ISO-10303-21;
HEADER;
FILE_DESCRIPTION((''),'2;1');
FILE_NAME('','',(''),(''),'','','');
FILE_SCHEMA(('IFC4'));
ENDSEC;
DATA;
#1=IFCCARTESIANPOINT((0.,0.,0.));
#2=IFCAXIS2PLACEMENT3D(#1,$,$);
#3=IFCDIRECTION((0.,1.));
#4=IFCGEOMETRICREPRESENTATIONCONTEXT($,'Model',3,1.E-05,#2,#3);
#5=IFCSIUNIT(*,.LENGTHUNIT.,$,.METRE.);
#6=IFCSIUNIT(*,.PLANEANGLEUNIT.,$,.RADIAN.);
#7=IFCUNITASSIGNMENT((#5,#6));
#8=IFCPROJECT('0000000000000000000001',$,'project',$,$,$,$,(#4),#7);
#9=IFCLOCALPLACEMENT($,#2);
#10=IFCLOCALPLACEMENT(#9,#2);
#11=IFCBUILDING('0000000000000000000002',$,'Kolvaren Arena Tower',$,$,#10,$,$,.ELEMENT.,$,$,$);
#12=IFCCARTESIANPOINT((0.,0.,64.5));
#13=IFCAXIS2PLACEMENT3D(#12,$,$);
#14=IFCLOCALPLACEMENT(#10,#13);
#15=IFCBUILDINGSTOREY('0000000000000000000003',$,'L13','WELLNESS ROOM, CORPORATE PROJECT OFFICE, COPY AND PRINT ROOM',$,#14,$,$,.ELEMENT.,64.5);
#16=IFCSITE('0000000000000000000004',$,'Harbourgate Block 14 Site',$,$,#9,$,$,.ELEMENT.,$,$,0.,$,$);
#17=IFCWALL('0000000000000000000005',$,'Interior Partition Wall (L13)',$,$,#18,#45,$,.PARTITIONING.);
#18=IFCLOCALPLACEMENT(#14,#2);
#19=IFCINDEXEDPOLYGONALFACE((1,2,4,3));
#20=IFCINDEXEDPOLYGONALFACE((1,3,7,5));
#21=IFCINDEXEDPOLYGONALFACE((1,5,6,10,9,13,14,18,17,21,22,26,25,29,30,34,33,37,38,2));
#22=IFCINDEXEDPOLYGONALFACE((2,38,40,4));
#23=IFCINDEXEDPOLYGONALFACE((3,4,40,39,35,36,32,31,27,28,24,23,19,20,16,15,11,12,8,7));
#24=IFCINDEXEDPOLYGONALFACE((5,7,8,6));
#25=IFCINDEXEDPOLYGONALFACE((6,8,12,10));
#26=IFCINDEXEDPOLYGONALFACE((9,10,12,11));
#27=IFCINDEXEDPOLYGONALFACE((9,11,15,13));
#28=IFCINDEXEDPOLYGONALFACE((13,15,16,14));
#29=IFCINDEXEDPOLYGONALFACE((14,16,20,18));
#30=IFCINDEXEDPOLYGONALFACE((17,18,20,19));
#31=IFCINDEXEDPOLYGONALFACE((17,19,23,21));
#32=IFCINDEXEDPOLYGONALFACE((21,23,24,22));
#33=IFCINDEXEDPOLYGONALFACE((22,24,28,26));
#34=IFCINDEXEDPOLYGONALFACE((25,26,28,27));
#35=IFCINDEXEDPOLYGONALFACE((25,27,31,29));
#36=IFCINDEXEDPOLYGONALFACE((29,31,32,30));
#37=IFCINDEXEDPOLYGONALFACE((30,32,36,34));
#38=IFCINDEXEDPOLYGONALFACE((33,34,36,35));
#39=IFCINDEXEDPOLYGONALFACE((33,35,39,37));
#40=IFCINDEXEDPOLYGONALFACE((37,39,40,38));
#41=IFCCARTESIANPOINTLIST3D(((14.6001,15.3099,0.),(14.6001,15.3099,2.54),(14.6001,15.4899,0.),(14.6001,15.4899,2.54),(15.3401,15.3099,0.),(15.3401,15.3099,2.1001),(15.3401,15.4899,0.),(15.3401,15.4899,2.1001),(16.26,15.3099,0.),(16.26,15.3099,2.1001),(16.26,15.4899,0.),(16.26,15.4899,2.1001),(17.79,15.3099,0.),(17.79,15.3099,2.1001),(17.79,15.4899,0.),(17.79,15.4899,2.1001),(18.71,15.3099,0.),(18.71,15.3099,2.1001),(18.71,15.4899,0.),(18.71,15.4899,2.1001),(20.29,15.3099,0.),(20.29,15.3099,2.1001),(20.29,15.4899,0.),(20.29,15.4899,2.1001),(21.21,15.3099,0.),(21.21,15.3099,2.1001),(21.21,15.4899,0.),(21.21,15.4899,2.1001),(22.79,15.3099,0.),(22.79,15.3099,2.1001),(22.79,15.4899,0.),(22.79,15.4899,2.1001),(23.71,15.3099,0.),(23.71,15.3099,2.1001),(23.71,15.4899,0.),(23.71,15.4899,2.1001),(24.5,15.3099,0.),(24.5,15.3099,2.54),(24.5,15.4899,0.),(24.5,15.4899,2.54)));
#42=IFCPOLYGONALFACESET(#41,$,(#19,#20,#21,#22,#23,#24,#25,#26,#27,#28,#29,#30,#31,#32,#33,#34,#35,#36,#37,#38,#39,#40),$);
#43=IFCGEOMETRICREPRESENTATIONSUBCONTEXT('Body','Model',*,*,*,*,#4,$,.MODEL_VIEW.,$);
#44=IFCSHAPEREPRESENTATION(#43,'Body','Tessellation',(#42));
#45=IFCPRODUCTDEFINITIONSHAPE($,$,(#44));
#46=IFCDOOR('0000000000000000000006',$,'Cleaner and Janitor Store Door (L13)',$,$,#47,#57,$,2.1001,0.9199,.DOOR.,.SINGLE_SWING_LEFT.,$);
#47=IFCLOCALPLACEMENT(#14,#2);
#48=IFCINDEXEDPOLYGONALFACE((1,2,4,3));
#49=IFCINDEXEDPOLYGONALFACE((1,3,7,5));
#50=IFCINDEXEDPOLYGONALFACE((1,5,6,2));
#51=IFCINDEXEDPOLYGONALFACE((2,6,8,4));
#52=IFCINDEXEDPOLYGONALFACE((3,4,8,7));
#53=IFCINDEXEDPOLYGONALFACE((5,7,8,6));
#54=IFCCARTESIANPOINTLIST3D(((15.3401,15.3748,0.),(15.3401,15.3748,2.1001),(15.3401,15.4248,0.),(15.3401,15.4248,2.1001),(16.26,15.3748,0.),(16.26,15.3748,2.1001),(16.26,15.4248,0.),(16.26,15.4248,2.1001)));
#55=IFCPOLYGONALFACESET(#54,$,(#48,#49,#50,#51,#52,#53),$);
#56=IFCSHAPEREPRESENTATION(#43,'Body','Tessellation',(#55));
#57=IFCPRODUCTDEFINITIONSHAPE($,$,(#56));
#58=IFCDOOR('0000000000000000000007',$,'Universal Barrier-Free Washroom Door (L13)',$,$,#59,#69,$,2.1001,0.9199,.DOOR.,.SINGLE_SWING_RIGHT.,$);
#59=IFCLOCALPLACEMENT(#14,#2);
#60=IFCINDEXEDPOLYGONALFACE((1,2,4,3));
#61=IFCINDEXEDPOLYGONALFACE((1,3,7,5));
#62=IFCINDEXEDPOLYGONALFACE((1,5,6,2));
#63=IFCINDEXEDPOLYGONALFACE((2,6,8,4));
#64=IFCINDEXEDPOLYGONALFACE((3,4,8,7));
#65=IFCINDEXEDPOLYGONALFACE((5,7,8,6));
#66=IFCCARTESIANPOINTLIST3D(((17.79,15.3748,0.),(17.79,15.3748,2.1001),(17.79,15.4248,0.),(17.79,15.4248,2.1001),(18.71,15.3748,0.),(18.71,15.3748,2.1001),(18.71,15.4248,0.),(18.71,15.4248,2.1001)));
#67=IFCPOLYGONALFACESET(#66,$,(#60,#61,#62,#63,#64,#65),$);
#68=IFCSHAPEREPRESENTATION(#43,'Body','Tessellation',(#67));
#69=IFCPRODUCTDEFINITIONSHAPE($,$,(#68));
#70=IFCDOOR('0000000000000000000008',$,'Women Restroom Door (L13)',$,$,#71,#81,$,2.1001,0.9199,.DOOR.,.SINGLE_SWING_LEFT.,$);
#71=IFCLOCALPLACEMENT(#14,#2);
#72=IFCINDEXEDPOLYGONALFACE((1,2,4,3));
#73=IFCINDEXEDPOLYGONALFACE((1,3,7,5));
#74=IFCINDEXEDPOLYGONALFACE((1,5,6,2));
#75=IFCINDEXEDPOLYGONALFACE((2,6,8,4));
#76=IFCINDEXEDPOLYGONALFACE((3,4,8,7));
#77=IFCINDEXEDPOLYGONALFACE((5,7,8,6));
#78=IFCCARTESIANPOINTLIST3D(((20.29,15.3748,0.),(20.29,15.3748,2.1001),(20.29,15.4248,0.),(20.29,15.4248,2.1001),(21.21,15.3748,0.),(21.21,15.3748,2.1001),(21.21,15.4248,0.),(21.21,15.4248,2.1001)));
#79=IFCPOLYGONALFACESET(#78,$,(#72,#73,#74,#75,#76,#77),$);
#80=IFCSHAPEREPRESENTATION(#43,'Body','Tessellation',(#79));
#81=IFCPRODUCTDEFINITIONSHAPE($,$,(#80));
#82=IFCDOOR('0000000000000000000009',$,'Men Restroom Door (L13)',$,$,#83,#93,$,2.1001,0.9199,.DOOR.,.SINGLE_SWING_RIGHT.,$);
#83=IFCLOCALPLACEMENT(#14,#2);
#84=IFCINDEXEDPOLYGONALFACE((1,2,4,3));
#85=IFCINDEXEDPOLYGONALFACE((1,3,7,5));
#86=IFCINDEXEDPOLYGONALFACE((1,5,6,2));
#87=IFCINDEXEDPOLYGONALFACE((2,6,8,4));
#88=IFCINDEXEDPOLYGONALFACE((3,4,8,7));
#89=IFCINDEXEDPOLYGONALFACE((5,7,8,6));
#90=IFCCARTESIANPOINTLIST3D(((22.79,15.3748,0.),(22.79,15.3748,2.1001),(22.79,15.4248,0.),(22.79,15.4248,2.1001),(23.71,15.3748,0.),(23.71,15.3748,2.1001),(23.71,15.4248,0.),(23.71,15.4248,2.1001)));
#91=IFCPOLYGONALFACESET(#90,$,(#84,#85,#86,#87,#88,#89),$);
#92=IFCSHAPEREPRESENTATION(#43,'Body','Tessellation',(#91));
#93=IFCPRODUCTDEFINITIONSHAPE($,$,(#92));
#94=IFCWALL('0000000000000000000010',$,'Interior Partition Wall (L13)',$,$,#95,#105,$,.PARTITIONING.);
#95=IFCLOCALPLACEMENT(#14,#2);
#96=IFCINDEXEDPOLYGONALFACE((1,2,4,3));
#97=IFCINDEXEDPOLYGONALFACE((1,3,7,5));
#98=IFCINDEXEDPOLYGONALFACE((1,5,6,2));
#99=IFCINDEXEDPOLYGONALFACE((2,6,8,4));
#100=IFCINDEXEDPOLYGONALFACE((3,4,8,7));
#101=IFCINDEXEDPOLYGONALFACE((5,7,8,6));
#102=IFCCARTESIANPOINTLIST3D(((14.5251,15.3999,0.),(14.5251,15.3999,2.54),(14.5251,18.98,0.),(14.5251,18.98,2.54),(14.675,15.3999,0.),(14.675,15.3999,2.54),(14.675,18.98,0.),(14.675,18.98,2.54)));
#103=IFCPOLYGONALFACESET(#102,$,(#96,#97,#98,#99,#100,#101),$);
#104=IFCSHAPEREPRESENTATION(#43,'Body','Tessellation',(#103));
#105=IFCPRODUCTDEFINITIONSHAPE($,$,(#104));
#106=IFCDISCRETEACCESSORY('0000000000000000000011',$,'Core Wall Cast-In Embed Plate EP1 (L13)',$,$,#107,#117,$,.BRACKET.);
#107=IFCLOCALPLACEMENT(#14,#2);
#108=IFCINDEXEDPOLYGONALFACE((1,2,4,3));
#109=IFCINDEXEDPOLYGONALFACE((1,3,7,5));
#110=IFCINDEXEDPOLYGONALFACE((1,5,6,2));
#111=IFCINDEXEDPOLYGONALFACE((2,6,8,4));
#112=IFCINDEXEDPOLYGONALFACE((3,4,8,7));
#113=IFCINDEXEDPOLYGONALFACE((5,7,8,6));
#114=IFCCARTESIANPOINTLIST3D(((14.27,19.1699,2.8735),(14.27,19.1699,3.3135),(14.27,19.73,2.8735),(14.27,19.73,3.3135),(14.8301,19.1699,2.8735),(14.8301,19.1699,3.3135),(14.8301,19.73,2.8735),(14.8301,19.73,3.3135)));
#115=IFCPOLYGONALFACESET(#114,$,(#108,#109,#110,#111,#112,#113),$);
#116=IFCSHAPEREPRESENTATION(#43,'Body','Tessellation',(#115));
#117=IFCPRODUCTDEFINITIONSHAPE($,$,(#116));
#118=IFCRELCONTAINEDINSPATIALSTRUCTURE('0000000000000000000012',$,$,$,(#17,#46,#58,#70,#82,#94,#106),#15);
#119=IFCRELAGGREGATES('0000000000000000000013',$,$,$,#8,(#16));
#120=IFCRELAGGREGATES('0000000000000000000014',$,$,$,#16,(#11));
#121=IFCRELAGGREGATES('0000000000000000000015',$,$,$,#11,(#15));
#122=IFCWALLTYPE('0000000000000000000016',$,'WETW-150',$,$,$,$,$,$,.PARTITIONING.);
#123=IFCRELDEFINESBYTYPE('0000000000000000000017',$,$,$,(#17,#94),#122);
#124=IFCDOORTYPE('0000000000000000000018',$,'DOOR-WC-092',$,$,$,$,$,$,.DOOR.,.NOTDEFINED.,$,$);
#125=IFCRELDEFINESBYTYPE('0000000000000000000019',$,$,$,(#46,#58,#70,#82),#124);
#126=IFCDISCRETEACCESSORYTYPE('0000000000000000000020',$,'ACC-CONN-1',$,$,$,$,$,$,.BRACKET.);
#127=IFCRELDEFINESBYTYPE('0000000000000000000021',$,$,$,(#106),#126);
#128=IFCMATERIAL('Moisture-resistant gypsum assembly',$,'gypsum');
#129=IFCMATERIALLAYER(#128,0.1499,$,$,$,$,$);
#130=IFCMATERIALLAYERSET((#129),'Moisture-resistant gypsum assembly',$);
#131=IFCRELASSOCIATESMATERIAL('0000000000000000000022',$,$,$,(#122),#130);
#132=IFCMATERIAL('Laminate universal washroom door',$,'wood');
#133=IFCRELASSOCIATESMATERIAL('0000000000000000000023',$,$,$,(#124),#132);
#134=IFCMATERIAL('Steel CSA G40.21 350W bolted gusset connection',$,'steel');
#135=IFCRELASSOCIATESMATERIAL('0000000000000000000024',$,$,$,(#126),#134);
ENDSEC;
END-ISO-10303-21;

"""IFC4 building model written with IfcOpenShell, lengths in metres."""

from ifc_helpers import new_model, si_unit, direction, frame, frame_2d, origin, origin_2d, place, context, subcontext, project, spatial, rectangle, extrude, material, layer, layer_set, type_object, element, fill, save


model = new_model("IFC4")

# Units and contexts
model_context = context("Model", 3, precision=1e-05, world=origin(), true_north=direction((0.0, 1.0)))
body_context = subcontext(model_context, "Body", "Model", "MODEL_VIEW")
ifc_project = project(units=[si_unit("LENGTHUNIT", "METRE"), si_unit("PLANEANGLEUNIT", "RADIAN")], contexts=[model_context])

# Site, building, storey
site_placement = place(None, origin())
site = spatial("IfcSite", under=ifc_project, at=site_placement, Name="Harbourgate Block 14 Site", CompositionType="ELEMENT", RefElevation=0.0)
building_placement = place(site_placement, origin())
building = spatial("IfcBuilding", under=site, at=building_placement, Name="Kolvaren Arena Tower", CompositionType="ELEMENT")
storey_placement = place(building_placement, frame((0.0, 0.0, 64.5)))
storey = spatial("IfcBuildingStorey", under=building, at=storey_placement, Name="L13", Description="WELLNESS ROOM, CORPORATE PROJECT OFFICE, COPY AND PRINT ROOM", CompositionType="ELEMENT", Elevation=64.5)

# Wall, openings, doors
ifc_material_1 = material(Name="Moisture-resistant gypsum assembly", Category="gypsum")
ifc_layer_1 = layer(ifc_material_1, 0.1499)
ifc_layer_set_1 = layer_set([ifc_layer_1], Name="Moisture-resistant gypsum assembly")
wall_type_1 = type_object("IfcWallType", Name="WETW-150", PredefinedType="PARTITIONING", material=ifc_layer_set_1)
wall_1_placement = place(storey_placement, frame((14.6001, 15.3999, 0.0), z_axis=(0.0, 0.0, 1.0), x_axis=(1.0, 0.0, 0.0)))
wall_1 = element("IfcWall", 1, at=wall_1_placement, inside=storey, type_object=wall_type_1, Name="Interior Partition Wall (L13)", PredefinedType="PARTITIONING", context=body_context, shape_type="SweptSolid", body=[
    extrude(rectangle(XDim=9.8999, YDim=0.1799, at=frame_2d((4.95, 0.0))), origin(), (0.0, 0.0, 1.0), 2.54),
])
opening_1_placement = place(wall_1_placement, frame((0.74, 0.0, 0.0)))
opening_1 = element("IfcOpeningElement", 2, at=opening_1_placement, cuts=wall_1, PredefinedType="OPENING", context=body_context, shape_type="SweptSolid", body=[
    extrude(rectangle(XDim=0.9199, YDim=2.1001, at=frame_2d((0.46, 1.05))), frame((0.0, 0.0999, 0.0), z_axis=(0.0, -1.0, 0.0), x_axis=(1.0, 0.0, 0.0)), (0.0, 0.0, 1.0), 0.2),
])
opening_2_placement = place(wall_1_placement, frame((3.1899, 0.0, 0.0)))
opening_2 = element("IfcOpeningElement", 3, at=opening_2_placement, cuts=wall_1, PredefinedType="OPENING", context=body_context, shape_type="SweptSolid", body=[
    extrude(rectangle(XDim=0.9199, YDim=2.1001, at=frame_2d((0.46, 1.05))), frame((0.0, 0.0999, 0.0), z_axis=(0.0, -1.0, 0.0), x_axis=(1.0, 0.0, 0.0)), (0.0, 0.0, 1.0), 0.2),
])
opening_3_placement = place(wall_1_placement, frame((5.6899, 0.0, 0.0)))
opening_3 = element("IfcOpeningElement", 4, at=opening_3_placement, cuts=wall_1, PredefinedType="OPENING", context=body_context, shape_type="SweptSolid", body=[
    extrude(rectangle(XDim=0.9199, YDim=2.1001, at=frame_2d((0.46, 1.05))), frame((0.0, 0.0999, 0.0), z_axis=(0.0, -1.0, 0.0), x_axis=(1.0, 0.0, 0.0)), (0.0, 0.0, 1.0), 0.2),
])
opening_4_placement = place(wall_1_placement, frame((8.1899, 0.0, 0.0)))
opening_4 = element("IfcOpeningElement", 5, at=opening_4_placement, cuts=wall_1, PredefinedType="OPENING", context=body_context, shape_type="SweptSolid", body=[
    extrude(rectangle(XDim=0.9199, YDim=2.1001, at=frame_2d((0.46, 1.05))), frame((0.0, 0.0999, 0.0), z_axis=(0.0, -1.0, 0.0), x_axis=(1.0, 0.0, 0.0)), (0.0, 0.0, 1.0), 0.2),
])
ifc_material_2 = material(Name="Laminate universal washroom door", Category="wood")
door_type_1 = type_object("IfcDoorType", Name="DOOR-WC-092", OperationType="NOTDEFINED", PredefinedType="DOOR", material=ifc_material_2)
door_1_placement = place(opening_1_placement, origin())
door_1 = element("IfcDoor", 6, at=door_1_placement, inside=storey, type_object=door_type_1, Name="Cleaner and Janitor Store Door (L13)", OperationType="SINGLE_SWING_LEFT", OverallHeight=2.1001, OverallWidth=0.9199, PredefinedType="DOOR", context=body_context, shape_type="SweptSolid", body=[
    extrude(rectangle(XDim=0.9199, YDim=2.1001, at=frame_2d((0.46, 1.05))), frame((0.0, 0.0249, 0.0), z_axis=(0.0, -1.0, 0.0), x_axis=(1.0, 0.0, 0.0)), (0.0, 0.0, 1.0), 0.05),
])
fill(opening_1, door_1)
door_2_placement = place(opening_2_placement, origin())
door_2 = element("IfcDoor", 7, at=door_2_placement, inside=storey, type_object=door_type_1, Name="Universal Barrier-Free Washroom Door (L13)", OperationType="SINGLE_SWING_RIGHT", OverallHeight=2.1001, OverallWidth=0.9199, PredefinedType="DOOR", context=body_context, shape_type="SweptSolid", body=[
    extrude(rectangle(XDim=0.9199, YDim=2.1001, at=frame_2d((0.46, 1.05))), frame((0.0, 0.0249, 0.0), z_axis=(0.0, -1.0, 0.0), x_axis=(1.0, 0.0, 0.0)), (0.0, 0.0, 1.0), 0.05),
])
fill(opening_2, door_2)
door_3_placement = place(opening_3_placement, origin())
door_3 = element("IfcDoor", 8, at=door_3_placement, inside=storey, type_object=door_type_1, Name="Women Restroom Door (L13)", OperationType="SINGLE_SWING_LEFT", OverallHeight=2.1001, OverallWidth=0.9199, PredefinedType="DOOR", context=body_context, shape_type="SweptSolid", body=[
    extrude(rectangle(XDim=0.9199, YDim=2.1001, at=frame_2d((0.46, 1.05))), frame((0.0, 0.0249, 0.0), z_axis=(0.0, -1.0, 0.0), x_axis=(1.0, 0.0, 0.0)), (0.0, 0.0, 1.0), 0.05),
])
fill(opening_3, door_3)
door_4_placement = place(opening_4_placement, origin())
door_4 = element("IfcDoor", 9, at=door_4_placement, inside=storey, type_object=door_type_1, Name="Men Restroom Door (L13)", OperationType="SINGLE_SWING_RIGHT", OverallHeight=2.1001, OverallWidth=0.9199, PredefinedType="DOOR", context=body_context, shape_type="SweptSolid", body=[
    extrude(rectangle(XDim=0.9199, YDim=2.1001, at=frame_2d((0.46, 1.05))), frame((0.0, 0.0249, 0.0), z_axis=(0.0, -1.0, 0.0), x_axis=(1.0, 0.0, 0.0)), (0.0, 0.0, 1.0), 0.05),
])
fill(opening_4, door_4)

# Wall
wall_2_placement = place(storey_placement, frame((14.6001, 15.3999, 0.0), z_axis=(0.0, 0.0, 1.0), x_axis=(0.0, 1.0, 0.0)))
element("IfcWall", 10, at=wall_2_placement, inside=storey, type_object=wall_type_1, Name="Interior Partition Wall (L13)", PredefinedType="PARTITIONING", context=body_context, shape_type="SweptSolid", body=[
    extrude(rectangle(XDim=3.5801, YDim=0.1499, at=frame_2d((1.79, 0.0))), origin(), (0.0, 0.0, 1.0), 2.54),
])

# Discrete accessory
ifc_material_3 = material(Name="Steel CSA G40.21 350W bolted gusset connection", Category="steel")
discrete_accessory_type = type_object("IfcDiscreteAccessoryType", Name="ACC-CONN-1", PredefinedType="BRACKET", material=ifc_material_3)
discrete_accessory_placement = place(storey_placement, frame((14.55, 19.45, 2.8735), z_axis=(0.0, 0.0, 1.0), x_axis=(1.0, 0.0, 0.0)))
element("IfcDiscreteAccessory", 11, at=discrete_accessory_placement, inside=storey, type_object=discrete_accessory_type, Name="Core Wall Cast-In Embed Plate EP1 (L13)", PredefinedType="BRACKET", context=body_context, shape_type="SweptSolid", body=[
    extrude(rectangle(XDim=0.5601, YDim=0.5601, at=origin_2d()), origin(), (0.0, 0.0, 1.0), 0.4399),
])

save(model, "model.ifc")
